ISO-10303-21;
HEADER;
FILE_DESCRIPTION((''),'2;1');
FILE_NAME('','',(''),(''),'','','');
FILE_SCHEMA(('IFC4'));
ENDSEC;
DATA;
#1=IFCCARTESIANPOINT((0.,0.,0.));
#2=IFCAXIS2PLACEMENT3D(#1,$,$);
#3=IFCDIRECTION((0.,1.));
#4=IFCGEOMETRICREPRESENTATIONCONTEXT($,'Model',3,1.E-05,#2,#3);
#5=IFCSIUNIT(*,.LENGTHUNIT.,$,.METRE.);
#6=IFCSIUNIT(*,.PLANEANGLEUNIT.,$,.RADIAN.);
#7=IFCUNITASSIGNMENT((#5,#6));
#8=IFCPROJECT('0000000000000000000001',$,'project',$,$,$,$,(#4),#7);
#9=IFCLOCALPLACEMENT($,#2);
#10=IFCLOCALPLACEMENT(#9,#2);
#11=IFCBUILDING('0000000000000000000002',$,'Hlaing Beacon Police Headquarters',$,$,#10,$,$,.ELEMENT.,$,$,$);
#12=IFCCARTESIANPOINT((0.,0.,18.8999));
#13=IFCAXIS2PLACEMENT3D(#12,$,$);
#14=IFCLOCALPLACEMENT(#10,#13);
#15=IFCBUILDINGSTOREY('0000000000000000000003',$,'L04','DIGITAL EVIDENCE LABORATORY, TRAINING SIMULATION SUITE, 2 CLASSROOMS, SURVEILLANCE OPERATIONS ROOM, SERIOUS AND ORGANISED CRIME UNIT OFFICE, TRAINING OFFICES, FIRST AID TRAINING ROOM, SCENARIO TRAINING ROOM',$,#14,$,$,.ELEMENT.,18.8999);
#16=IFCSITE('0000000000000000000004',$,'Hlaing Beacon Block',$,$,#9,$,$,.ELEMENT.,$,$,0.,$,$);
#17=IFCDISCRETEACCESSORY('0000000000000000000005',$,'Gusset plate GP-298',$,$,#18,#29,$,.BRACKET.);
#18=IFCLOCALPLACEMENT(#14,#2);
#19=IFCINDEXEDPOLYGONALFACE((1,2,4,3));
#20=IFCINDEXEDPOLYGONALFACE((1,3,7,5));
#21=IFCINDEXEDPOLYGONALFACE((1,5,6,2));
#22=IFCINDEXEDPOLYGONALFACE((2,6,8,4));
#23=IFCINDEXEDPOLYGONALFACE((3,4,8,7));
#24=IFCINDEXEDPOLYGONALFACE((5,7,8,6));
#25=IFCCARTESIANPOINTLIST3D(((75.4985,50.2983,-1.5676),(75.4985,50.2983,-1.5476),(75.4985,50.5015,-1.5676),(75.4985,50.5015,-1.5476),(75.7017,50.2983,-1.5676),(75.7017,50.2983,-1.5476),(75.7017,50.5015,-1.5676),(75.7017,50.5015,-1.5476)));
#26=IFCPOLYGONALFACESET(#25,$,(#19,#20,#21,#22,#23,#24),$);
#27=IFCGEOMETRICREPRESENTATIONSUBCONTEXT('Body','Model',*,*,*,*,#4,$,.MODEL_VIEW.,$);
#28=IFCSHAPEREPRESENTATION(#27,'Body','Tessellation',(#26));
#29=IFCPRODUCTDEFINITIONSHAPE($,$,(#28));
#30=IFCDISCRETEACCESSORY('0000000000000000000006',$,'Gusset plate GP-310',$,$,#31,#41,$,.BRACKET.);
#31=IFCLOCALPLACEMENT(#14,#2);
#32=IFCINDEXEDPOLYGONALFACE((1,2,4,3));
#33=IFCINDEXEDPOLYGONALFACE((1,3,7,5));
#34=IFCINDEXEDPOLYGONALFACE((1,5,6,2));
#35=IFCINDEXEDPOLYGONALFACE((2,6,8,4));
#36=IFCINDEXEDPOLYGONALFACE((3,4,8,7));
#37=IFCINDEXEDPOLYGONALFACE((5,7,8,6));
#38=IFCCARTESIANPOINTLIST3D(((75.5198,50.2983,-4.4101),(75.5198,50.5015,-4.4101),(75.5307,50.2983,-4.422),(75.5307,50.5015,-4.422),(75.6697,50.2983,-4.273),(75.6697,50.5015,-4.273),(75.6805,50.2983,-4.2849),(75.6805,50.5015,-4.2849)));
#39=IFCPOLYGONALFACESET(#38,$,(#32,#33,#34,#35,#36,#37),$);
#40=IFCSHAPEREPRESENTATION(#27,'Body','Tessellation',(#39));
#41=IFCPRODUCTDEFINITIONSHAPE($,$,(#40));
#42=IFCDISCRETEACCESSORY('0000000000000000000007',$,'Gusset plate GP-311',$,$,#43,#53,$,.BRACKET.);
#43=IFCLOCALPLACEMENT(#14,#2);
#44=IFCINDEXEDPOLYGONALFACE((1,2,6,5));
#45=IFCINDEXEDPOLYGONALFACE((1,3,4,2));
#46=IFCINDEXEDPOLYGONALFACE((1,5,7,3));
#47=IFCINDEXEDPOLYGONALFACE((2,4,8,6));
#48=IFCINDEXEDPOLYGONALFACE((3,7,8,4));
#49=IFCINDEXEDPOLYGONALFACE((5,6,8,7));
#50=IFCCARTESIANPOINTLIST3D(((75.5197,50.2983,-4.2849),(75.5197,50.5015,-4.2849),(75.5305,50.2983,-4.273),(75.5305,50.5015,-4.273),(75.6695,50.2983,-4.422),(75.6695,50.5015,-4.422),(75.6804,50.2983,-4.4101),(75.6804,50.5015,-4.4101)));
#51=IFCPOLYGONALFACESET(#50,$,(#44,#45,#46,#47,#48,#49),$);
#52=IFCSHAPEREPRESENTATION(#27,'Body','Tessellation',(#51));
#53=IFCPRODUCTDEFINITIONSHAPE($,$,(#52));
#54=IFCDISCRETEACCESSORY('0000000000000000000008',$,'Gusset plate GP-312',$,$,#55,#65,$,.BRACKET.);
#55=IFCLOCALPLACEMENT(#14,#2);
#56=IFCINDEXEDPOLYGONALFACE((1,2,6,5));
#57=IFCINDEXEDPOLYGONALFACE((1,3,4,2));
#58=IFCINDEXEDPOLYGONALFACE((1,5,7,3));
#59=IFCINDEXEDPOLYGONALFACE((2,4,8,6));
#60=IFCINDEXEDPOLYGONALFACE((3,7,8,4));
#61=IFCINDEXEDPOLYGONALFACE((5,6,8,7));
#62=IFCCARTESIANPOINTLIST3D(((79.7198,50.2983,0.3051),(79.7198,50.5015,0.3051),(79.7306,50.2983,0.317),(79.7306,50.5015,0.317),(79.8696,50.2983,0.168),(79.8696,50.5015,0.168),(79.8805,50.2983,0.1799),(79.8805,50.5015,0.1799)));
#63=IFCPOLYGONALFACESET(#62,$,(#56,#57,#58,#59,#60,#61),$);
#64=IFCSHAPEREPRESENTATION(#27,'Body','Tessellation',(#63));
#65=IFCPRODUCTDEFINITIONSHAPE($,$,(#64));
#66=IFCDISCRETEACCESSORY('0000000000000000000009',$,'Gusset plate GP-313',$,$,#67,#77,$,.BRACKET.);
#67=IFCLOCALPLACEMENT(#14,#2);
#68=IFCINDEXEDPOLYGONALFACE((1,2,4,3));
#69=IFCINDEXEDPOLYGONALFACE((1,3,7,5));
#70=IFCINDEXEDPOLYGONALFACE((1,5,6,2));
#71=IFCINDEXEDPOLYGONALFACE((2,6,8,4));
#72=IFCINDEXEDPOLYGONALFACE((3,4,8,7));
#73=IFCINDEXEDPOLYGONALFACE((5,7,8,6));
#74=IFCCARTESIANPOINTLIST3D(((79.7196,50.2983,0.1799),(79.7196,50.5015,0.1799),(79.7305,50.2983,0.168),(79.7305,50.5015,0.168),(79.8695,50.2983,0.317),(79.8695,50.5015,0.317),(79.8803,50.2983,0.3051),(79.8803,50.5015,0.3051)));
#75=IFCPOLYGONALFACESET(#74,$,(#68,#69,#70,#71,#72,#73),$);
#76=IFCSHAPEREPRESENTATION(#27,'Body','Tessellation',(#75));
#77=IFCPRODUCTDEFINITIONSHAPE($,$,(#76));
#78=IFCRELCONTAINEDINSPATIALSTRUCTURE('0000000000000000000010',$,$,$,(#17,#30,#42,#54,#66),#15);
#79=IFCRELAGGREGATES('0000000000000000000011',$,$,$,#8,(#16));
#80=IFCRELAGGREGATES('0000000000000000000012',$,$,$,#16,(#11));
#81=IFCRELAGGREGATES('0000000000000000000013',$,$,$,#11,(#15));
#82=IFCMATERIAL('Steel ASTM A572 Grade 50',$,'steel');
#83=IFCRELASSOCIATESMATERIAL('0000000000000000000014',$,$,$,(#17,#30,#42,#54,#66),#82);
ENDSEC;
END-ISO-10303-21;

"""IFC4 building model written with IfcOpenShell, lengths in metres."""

from ifc_helpers import new_model, si_unit, direction, frame, origin, origin_2d, place, context, subcontext, project, spatial, rectangle, extrude, material, element, save


model = new_model("IFC4")

# Units and contexts
model_context = context("Model", 3, precision=1e-05, world=origin(), true_north=direction((0.0, 1.0)))
body_context = subcontext(model_context, "Body", "Model", "MODEL_VIEW")
ifc_project = project(units=[si_unit("LENGTHUNIT", "METRE"), si_unit("PLANEANGLEUNIT", "RADIAN")], contexts=[model_context])

# Site, building, storey
site_placement = place(None, origin())
site = spatial("IfcSite", under=ifc_project, at=site_placement, Name="Hlaing Beacon Block", CompositionType="ELEMENT", RefElevation=0.0)
building_placement = place(site_placement, origin())
building = spatial("IfcBuilding", under=site, at=building_placement, Name="Hlaing Beacon Police Headquarters", CompositionType="ELEMENT")
storey_placement = place(building_placement, frame((0.0, 0.0, 18.8999)))
storey = spatial("IfcBuildingStorey", under=building, at=storey_placement, Name="L04", Description="DIGITAL EVIDENCE LABORATORY, TRAINING SIMULATION SUITE, 2 CLASSROOMS, SURVEILLANCE OPERATIONS ROOM, SERIOUS AND ORGANISED CRIME UNIT OFFICE, TRAINING OFFICES, FIRST AID TRAINING ROOM, SCENARIO TRAINING ROOM", CompositionType="ELEMENT", Elevation=18.8999)

# Discrete accessories
ifc_material_1 = material(Name="Steel ASTM A572 Grade 50", Category="steel")
for number, where, z_axis, x_axis, name in (
    (1, (75.6001, 50.3999, -1.5676), (0.0, 0.0, 1.0), (1.0, 0.0, 0.0), "Gusset plate GP-298"),
):
    element("IfcDiscreteAccessory", number, at=place(storey_placement, frame(where, z_axis=z_axis, x_axis=x_axis)), inside=storey, material=ifc_material_1, Name=name, PredefinedType="BRACKET", context=body_context, shape_type="SweptSolid", body=[
        extrude(rectangle(XDim=0.2031, YDim=0.2031, at=origin_2d()), origin(), (0.0, 0.0, 1.0), 0.02),
    ])
for number, where, z_axis, x_axis, name in (
    (2, (75.5947, 50.3999, -4.3416), (0.675099, 0.0, -0.737727), (0.0, 1.0, 0.0), "Gusset plate GP-310"),
    (3, (75.6055, 50.3999, -4.3416), (-0.675078, 0.0, -0.737747), (0.0, -1.0, 0.0), "Gusset plate GP-311"),
    (4, (79.7947, 50.3999, 0.2366), (0.675078, 0.0, 0.737747), (0.0, 1.0, 0.0), "Gusset plate GP-312"),
    (5, (79.8054, 50.3999, 0.2366), (-0.675078, 0.0, 0.737747), (0.0, -1.0, 0.0), "Gusset plate GP-313"),
):
    element("IfcDiscreteAccessory", number, at=place(storey_placement, frame(where, z_axis=z_axis, x_axis=x_axis)), inside=storey, material=ifc_material_1, Name=name, PredefinedType="BRACKET", context=body_context, shape_type="SweptSolid", body=[
        extrude(rectangle(XDim=0.2031, YDim=0.2031, at=origin_2d()), origin(), (0.0, 0.0, 1.0), 0.0161),
    ])

save(model, "model.ifc")
